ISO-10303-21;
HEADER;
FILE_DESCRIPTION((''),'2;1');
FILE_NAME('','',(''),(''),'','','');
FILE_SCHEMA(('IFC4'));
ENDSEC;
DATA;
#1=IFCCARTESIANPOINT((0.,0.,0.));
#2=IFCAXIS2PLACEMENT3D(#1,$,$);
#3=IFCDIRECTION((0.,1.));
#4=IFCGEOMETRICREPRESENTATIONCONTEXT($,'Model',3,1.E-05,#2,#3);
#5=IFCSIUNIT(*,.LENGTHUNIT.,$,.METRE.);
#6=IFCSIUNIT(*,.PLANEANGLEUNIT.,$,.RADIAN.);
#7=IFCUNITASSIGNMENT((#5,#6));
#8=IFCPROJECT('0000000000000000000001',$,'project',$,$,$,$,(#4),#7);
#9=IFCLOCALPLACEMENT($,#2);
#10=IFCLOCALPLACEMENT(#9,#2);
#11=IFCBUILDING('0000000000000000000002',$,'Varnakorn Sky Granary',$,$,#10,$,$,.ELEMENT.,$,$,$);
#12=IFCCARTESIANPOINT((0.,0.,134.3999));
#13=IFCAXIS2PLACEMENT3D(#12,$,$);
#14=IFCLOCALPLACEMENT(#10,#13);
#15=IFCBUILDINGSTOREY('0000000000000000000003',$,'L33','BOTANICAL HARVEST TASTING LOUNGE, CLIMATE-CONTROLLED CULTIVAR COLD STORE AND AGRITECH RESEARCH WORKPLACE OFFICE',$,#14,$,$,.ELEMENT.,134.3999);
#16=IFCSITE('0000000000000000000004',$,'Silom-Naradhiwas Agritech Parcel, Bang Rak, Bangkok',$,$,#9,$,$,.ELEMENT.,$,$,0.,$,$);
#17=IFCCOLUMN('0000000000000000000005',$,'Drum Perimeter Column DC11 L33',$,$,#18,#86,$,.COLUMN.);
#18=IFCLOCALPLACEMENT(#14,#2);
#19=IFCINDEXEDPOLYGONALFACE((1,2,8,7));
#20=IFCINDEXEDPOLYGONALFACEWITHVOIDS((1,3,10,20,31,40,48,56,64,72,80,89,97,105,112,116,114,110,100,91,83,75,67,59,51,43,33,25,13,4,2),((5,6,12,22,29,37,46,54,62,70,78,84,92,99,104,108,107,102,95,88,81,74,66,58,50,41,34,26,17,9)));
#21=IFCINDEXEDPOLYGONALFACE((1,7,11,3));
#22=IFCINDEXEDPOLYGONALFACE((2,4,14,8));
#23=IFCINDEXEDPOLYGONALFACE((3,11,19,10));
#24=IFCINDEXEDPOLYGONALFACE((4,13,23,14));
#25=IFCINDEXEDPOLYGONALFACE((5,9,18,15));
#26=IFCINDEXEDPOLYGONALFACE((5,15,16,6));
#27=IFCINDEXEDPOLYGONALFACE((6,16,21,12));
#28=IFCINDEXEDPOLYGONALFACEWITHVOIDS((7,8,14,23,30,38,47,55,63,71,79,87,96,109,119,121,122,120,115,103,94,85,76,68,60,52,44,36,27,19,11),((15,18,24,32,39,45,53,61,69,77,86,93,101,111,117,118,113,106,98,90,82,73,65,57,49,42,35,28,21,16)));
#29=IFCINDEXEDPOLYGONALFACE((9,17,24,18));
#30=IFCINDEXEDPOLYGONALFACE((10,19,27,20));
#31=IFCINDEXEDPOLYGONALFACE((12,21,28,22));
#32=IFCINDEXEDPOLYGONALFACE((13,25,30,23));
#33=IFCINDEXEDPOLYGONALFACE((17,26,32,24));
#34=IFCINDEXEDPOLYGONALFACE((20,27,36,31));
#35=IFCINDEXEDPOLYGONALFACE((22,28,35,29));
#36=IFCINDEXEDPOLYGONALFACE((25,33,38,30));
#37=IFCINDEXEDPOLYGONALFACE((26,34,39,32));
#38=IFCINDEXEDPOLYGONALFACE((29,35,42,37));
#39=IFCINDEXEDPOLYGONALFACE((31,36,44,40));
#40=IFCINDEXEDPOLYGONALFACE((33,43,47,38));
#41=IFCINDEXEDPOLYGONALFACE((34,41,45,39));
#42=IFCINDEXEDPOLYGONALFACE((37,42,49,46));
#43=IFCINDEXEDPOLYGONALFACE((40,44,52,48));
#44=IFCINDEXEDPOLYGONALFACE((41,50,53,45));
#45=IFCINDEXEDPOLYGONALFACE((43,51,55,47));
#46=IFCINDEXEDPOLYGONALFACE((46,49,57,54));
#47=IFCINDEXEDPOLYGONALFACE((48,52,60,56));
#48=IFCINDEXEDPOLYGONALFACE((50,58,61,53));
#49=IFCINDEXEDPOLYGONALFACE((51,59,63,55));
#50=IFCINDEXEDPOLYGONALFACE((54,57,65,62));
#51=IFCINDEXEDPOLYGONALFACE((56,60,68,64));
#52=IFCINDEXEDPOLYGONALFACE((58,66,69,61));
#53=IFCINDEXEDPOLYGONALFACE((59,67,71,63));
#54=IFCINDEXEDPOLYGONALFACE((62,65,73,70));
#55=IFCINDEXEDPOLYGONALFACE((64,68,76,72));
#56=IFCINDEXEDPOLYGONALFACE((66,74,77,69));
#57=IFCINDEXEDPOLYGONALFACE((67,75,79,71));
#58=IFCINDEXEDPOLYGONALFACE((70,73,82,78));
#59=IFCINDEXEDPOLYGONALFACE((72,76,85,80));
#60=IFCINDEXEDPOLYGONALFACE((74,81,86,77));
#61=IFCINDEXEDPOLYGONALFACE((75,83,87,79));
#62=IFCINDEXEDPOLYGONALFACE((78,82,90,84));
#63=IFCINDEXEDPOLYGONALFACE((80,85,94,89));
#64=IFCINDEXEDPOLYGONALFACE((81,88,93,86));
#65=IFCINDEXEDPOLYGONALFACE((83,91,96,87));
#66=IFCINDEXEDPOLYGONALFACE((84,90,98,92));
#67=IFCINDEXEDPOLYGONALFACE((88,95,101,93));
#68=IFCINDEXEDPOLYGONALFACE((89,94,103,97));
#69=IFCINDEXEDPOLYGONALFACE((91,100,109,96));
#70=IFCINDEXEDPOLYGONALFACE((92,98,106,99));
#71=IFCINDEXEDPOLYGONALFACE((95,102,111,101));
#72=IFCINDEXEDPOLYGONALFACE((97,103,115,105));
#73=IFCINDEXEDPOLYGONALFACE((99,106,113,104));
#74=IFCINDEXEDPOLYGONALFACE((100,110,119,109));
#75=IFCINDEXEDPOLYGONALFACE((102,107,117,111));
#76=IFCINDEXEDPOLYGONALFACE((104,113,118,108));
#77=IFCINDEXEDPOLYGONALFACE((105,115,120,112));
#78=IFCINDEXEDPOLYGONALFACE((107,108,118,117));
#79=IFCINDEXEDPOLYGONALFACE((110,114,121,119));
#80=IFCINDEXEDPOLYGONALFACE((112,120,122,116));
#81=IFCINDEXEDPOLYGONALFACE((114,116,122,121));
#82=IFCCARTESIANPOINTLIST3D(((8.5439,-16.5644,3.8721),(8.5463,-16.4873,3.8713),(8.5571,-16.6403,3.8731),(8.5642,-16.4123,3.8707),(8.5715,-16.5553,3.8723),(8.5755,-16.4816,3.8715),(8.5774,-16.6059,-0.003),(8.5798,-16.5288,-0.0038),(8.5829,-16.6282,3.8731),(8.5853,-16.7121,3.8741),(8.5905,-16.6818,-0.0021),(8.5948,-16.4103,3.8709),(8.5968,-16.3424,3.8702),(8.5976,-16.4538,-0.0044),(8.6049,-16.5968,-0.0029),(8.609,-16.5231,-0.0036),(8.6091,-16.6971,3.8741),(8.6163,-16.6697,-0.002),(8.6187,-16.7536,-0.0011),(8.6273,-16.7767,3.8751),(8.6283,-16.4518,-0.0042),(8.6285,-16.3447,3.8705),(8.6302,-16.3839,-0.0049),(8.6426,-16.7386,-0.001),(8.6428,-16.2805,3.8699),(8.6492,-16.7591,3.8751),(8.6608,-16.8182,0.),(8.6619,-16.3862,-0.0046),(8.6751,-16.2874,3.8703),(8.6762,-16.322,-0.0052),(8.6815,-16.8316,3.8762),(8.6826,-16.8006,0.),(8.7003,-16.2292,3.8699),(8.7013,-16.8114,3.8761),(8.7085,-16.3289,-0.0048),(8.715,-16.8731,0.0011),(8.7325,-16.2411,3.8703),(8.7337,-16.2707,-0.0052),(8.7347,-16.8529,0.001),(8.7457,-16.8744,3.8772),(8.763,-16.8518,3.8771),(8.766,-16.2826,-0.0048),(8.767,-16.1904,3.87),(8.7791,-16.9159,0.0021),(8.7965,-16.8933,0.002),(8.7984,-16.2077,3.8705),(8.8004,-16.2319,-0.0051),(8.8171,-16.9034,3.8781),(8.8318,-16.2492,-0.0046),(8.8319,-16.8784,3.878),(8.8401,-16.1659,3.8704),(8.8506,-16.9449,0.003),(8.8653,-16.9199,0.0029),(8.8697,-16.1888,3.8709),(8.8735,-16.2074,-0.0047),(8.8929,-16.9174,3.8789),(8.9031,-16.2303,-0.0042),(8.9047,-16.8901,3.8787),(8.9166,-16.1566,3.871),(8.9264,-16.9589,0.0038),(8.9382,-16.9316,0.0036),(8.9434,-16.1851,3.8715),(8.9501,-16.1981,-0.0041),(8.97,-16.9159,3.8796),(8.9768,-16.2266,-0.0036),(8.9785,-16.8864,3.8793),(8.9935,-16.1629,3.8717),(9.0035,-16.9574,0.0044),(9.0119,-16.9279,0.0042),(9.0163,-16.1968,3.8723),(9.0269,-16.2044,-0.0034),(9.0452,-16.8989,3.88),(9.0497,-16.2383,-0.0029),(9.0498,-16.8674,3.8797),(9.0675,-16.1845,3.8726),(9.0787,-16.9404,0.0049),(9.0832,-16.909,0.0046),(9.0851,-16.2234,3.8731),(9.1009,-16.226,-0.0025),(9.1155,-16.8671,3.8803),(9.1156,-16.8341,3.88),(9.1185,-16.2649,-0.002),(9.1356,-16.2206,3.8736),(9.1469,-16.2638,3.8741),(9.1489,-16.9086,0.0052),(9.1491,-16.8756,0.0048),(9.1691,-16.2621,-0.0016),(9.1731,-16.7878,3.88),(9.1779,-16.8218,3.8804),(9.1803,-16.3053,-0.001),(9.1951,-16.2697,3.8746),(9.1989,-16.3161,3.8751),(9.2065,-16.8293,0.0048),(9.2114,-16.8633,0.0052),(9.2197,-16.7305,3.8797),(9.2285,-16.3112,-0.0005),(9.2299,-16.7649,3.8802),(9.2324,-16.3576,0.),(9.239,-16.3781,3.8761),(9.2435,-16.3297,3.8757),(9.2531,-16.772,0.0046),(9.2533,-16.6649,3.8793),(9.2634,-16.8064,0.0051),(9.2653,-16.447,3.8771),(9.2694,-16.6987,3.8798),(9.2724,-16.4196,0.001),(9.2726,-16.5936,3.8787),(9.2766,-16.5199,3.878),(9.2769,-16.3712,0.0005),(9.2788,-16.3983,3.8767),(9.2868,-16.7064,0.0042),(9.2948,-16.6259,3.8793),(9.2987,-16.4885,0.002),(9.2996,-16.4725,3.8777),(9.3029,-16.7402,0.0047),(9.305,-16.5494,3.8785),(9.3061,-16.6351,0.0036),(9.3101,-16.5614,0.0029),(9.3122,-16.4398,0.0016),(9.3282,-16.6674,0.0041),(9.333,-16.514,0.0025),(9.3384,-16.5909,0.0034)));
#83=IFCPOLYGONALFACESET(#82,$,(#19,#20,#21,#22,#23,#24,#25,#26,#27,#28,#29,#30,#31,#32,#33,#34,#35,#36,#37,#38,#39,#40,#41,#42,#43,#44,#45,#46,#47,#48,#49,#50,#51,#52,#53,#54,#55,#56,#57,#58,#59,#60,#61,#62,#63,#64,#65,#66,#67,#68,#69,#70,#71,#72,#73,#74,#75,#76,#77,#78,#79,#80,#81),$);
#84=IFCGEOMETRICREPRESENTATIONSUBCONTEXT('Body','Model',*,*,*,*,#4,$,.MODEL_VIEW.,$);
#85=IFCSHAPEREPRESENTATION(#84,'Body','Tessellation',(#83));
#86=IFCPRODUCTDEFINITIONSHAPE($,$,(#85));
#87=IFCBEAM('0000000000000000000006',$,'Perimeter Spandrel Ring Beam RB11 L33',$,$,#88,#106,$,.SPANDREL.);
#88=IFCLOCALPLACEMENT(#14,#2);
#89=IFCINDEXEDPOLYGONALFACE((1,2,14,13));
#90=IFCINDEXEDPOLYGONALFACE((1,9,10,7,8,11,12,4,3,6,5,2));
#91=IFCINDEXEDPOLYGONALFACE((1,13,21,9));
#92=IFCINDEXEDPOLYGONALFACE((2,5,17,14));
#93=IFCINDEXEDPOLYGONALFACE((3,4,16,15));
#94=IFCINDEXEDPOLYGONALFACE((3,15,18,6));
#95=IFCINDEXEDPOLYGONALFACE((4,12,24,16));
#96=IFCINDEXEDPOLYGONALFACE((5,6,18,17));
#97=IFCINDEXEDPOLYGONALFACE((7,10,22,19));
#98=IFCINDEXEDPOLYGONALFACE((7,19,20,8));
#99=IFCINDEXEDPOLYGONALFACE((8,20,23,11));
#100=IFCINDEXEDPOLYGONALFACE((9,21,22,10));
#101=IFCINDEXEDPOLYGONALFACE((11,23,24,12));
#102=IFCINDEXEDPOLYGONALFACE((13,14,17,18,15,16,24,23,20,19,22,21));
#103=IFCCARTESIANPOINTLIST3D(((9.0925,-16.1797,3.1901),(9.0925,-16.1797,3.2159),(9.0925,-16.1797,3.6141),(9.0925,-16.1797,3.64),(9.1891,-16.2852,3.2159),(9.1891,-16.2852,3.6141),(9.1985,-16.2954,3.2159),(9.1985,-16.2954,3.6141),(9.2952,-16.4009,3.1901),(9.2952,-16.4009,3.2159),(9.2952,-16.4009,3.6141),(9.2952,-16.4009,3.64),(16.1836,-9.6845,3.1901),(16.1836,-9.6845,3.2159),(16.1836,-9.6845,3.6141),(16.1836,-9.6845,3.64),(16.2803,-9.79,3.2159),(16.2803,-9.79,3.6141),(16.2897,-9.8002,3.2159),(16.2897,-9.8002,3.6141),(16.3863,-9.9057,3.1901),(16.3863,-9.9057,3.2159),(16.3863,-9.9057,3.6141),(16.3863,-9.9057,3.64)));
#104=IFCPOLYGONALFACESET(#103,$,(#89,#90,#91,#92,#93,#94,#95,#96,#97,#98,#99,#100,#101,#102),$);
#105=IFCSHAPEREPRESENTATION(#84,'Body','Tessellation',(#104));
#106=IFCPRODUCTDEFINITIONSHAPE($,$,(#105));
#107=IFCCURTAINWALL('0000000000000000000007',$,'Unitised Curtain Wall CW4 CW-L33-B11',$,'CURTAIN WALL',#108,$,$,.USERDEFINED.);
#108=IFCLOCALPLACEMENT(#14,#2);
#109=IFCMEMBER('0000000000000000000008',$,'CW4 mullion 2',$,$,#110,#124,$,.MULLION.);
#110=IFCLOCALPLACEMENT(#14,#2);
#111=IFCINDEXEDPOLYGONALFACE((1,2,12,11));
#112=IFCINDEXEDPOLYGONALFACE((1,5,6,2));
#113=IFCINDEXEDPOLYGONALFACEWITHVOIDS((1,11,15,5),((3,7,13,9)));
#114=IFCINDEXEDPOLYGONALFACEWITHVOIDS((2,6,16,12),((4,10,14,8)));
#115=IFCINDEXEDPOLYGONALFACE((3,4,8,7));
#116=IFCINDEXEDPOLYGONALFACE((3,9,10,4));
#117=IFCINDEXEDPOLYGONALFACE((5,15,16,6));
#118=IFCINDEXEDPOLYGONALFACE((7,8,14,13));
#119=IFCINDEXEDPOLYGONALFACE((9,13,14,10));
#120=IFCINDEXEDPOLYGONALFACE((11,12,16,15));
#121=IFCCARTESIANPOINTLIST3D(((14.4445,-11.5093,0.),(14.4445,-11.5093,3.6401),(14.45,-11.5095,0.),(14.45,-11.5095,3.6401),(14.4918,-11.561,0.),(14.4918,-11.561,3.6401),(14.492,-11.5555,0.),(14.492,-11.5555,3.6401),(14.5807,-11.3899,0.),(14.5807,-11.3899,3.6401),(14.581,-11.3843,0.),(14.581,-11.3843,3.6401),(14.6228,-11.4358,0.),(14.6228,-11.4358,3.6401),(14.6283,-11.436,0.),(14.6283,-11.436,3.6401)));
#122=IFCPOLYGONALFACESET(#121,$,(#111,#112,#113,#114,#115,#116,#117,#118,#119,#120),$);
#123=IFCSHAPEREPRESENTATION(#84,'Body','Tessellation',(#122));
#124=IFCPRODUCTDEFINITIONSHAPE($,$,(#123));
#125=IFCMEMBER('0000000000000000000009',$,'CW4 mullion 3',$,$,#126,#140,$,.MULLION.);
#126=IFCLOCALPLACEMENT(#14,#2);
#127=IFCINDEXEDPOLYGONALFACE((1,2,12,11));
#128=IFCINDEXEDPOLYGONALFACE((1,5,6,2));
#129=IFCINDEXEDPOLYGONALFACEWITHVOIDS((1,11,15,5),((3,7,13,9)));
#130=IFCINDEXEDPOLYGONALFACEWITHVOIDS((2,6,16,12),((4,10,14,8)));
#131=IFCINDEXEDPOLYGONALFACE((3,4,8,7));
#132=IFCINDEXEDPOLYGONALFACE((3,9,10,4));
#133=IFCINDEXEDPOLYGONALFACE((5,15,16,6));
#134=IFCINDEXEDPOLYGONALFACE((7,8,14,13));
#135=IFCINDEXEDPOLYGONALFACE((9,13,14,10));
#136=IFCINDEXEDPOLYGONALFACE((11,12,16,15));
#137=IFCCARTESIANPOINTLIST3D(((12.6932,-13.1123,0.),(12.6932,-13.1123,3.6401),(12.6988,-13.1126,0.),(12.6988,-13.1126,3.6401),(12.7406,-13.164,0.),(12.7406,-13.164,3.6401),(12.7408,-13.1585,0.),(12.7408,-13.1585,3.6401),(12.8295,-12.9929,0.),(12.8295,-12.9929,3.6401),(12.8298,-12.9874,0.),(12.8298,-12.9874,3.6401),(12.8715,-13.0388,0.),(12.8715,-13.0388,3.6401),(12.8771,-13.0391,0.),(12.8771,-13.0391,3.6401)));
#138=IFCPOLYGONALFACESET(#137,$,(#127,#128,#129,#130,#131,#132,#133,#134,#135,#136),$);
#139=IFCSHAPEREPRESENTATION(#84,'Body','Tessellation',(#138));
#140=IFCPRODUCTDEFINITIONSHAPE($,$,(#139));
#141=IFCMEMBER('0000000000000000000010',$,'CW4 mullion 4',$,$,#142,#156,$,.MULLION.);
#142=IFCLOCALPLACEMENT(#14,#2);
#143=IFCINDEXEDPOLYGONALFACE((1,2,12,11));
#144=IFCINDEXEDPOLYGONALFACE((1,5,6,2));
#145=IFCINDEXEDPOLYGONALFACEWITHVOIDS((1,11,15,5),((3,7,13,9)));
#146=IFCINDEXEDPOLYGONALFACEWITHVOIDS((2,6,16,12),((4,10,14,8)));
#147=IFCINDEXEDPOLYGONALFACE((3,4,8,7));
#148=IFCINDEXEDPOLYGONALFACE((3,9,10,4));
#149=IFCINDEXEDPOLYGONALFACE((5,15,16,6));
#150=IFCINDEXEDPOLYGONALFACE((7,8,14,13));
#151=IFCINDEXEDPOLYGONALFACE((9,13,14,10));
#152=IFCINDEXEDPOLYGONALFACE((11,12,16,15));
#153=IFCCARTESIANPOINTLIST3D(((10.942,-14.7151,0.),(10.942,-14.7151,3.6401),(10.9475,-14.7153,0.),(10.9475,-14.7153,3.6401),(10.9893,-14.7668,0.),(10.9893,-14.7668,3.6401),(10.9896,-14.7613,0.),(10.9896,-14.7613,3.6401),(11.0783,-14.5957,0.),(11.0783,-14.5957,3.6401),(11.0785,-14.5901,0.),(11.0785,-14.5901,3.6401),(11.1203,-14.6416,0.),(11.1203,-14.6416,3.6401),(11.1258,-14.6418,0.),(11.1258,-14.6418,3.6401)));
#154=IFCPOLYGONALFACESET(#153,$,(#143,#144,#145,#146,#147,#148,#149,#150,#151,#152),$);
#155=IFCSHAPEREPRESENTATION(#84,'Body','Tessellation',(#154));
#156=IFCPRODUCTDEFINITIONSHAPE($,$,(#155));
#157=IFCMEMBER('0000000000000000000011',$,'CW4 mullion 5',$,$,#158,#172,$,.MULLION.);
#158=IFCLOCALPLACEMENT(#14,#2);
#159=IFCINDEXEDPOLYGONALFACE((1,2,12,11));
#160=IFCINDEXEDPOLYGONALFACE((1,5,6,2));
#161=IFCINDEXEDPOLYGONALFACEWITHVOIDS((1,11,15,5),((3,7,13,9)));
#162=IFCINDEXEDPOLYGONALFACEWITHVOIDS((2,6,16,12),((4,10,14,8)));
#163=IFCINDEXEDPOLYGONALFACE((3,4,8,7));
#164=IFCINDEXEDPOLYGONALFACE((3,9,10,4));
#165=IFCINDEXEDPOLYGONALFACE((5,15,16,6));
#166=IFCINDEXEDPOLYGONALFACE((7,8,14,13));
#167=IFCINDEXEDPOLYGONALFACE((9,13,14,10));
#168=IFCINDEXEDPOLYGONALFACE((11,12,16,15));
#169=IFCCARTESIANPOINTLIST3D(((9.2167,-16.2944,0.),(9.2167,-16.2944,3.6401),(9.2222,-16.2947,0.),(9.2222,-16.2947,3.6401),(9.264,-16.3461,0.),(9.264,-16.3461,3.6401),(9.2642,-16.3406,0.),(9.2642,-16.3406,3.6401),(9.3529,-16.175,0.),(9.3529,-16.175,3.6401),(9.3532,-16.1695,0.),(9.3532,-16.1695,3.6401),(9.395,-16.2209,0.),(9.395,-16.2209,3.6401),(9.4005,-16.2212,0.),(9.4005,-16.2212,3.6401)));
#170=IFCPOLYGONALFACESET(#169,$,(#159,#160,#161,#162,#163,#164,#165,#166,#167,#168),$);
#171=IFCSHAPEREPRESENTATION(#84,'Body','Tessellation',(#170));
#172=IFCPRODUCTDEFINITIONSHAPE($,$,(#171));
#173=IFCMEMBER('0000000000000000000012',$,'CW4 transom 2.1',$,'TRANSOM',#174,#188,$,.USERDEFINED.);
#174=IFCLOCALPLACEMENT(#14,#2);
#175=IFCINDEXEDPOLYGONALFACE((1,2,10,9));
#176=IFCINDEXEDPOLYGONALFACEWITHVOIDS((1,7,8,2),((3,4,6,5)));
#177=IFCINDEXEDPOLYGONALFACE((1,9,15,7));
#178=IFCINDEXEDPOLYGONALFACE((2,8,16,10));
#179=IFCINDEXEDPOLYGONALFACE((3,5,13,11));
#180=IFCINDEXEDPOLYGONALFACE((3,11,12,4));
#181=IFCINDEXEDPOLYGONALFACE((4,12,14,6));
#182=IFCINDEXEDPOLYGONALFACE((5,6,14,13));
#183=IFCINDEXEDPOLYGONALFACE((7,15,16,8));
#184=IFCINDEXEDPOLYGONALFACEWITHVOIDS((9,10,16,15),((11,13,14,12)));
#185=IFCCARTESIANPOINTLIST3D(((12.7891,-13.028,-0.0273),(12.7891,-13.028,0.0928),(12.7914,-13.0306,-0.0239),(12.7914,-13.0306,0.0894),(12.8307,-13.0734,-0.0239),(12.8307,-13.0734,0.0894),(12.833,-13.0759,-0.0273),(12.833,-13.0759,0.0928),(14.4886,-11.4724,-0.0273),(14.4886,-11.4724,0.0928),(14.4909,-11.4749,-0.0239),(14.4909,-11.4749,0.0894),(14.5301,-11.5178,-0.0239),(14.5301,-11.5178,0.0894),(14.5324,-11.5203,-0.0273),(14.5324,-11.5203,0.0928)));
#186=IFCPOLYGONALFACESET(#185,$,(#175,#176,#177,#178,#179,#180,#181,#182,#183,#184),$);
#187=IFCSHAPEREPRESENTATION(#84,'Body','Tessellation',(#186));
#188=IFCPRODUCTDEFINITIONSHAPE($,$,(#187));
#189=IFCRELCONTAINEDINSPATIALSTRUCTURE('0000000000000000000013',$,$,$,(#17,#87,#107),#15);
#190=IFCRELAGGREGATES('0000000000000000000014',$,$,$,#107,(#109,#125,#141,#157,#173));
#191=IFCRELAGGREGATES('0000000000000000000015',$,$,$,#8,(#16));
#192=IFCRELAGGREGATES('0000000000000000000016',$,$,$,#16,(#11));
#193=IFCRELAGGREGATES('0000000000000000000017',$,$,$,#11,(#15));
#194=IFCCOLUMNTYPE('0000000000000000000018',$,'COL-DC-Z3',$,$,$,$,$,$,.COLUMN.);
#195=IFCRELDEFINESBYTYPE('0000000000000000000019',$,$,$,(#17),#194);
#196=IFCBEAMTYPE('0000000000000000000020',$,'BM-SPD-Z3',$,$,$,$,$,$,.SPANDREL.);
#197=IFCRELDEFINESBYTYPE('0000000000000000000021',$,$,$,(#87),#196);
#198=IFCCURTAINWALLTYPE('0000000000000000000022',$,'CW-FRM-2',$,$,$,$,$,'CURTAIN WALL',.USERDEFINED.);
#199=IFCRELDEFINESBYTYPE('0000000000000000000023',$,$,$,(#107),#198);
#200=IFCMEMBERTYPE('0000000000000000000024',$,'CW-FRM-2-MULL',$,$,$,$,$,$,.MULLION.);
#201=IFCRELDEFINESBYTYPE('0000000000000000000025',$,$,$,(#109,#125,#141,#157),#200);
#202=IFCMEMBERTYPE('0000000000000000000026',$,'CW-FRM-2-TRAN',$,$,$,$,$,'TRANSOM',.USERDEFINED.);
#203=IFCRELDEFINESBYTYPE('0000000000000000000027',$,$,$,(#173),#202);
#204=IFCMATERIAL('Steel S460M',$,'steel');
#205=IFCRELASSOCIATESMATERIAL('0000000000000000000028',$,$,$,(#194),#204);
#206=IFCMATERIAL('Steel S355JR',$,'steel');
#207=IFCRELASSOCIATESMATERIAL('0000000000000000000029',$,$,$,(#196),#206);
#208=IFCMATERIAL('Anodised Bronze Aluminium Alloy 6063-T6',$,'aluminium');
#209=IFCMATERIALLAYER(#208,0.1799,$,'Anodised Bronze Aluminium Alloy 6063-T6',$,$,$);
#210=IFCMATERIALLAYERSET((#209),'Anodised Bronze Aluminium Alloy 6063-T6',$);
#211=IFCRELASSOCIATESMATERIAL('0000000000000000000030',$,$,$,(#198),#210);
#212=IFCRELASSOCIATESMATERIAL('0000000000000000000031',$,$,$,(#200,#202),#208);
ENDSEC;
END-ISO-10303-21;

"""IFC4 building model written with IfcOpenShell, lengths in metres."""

from ifc_helpers import new_model, si_unit, direction, frame, origin, origin_2d, place, context, subcontext, project, spatial, hollow_rectangle, hollow_circle, i_section, extrude, material, layer, layer_set, material_profile, profile_set, type_object, element, aggregate, save


model = new_model("IFC4")

# Units and contexts
model_context = context("Model", 3, precision=1e-05, world=origin(), true_north=direction((0.0, 1.0)))
body_context = subcontext(model_context, "Body", "Model", "MODEL_VIEW")
ifc_project = project(units=[si_unit("LENGTHUNIT", "METRE"), si_unit("PLANEANGLEUNIT", "RADIAN")], contexts=[model_context])

# Site, building, storey
site_placement = place(None, origin())
site = spatial("IfcSite", under=ifc_project, at=site_placement, Name="Silom-Naradhiwas Agritech Parcel, Bang Rak, Bangkok", CompositionType="ELEMENT", RefElevation=0.0)
building_placement = place(site_placement, origin())
building = spatial("IfcBuilding", under=site, at=building_placement, Name="Varnakorn Sky Granary", CompositionType="ELEMENT")
storey_placement = place(building_placement, frame((0.0, 0.0, 134.3999)))
storey = spatial("IfcBuildingStorey", under=building, at=storey_placement, Name="L33", Description="BOTANICAL HARVEST TASTING LOUNGE, CLIMATE-CONTROLLED CULTIVAR COLD STORE AND AGRITECH RESEARCH WORKPLACE OFFICE", CompositionType="ELEMENT", Elevation=134.3999)

# Column
ifc_material_1 = material(Name="Steel S460M", Category="steel")
ifc_material_profile_1 = material_profile(ifc_material_1, hollow_circle(Radius=0.3811, WallThickness=0.0281, at=origin_2d()), Name="CHS 762x28")
ifc_profile_set_1 = profile_set([ifc_material_profile_1], Name="Steel S460M")
column_type = type_object("IfcColumnType", Name="COL-DC-Z3", PredefinedType="COLUMN", material=ifc_profile_set_1)
column_placement = place(storey_placement, frame((8.9575, -16.5791, 0.0), z_axis=(-0.008631, 0.01071, 0.999905), x_axis=(-0.77863, -0.627484, 0.0)))
element("IfcColumn", 1, at=column_placement, inside=storey, type_object=column_type, Name="Drum Perimeter Column DC11 L33", PredefinedType="COLUMN", context=body_context, shape_type="SweptSolid", body=[
    extrude(hollow_circle(Radius=0.3811, WallThickness=0.0281, at=origin_2d()), origin(), (0.0, 0.0, 1.0), 3.8755),
])

# Beam
ifc_material_2 = material(Name="Steel S355JR", Category="steel")
ifc_material_profile_2 = material_profile(ifc_material_2, i_section(OverallWidth=0.3, OverallDepth=0.45, WebThickness=0.0139, FlangeThickness=0.0259, at=origin_2d()), Name="HE 450 B")
ifc_profile_set_2 = profile_set([ifc_material_profile_2], Name="Steel S355JR")
beam_type = type_object("IfcBeamType", Name="BM-SPD-Z3", PredefinedType="SPANDREL", material=ifc_profile_set_2)
beam_placement = place(storey_placement, frame((9.1938, -16.2903, 3.415), z_axis=(0.737414, 0.675441, 0.0), x_axis=(-0.675441, 0.737414, 0.0)))
element("IfcBeam", 2, at=beam_placement, inside=storey, type_object=beam_type, Name="Perimeter Spandrel Ring Beam RB11 L33", PredefinedType="SPANDREL", context=body_context, shape_type="SweptSolid", body=[
    extrude(i_section(OverallWidth=0.3, OverallDepth=0.45, WebThickness=0.0139, FlangeThickness=0.0259, at=origin_2d()), origin(), (0.0, 0.0, 1.0), 9.6162),
])

# Curtain wall, members
ifc_material_3 = material(Name="Anodised Bronze Aluminium Alloy 6063-T6", Category="aluminium")
ifc_layer_1 = layer(ifc_material_3, 0.1799, Name="Anodised Bronze Aluminium Alloy 6063-T6")
ifc_layer_set_1 = layer_set([ifc_layer_1], Name="Anodised Bronze Aluminium Alloy 6063-T6")
curtain_wall_type = type_object("IfcCurtainWallType", Name="CW-FRM-2", ElementType="CURTAIN WALL", PredefinedType="USERDEFINED", material=ifc_layer_set_1)
curtain_wall_placement = place(storey_placement, origin())
curtain_wall = element("IfcCurtainWall", 3, at=curtain_wall_placement, inside=storey, type_object=curtain_wall_type, Name="Unitised Curtain Wall CW4 CW-L33-B11", ObjectType="CURTAIN WALL", PredefinedType="USERDEFINED")
ifc_material_profile_3 = material_profile(ifc_material_3, hollow_rectangle(XDim=0.0701, YDim=0.1851, WallThickness=0.0039, at=origin_2d()), Name="ALU MULL 70x185")
ifc_profile_set_3 = profile_set([ifc_material_profile_3], Name="Anodised Bronze Aluminium Alloy 6063-T6")
member_type_1 = type_object("IfcMemberType", Name="CW-FRM-2-MULL", PredefinedType="MULLION", material=ifc_profile_set_3)
member_1_placement = place(storey_placement, frame((14.5364, -11.4727, 0.0), z_axis=(0.0, 0.0, 1.0), x_axis=(0.675183, -0.737651, 0.0)))
member_1 = element("IfcMember", 4, at=member_1_placement, type_object=member_type_1, Name="CW4 mullion 2", PredefinedType="MULLION", context=body_context, shape_type="SweptSolid", body=[
    extrude(hollow_rectangle(XDim=0.0701, YDim=0.1851, WallThickness=0.0039, at=origin_2d()), origin(), (0.0, 0.0, 1.0), 3.6401),
])
member_2_placement = place(storey_placement, frame((12.7852, -13.0757, 0.0), z_axis=(0.0, 0.0, 1.0), x_axis=(0.675183, -0.737651, 0.0)))
member_2 = element("IfcMember", 5, at=member_2_placement, type_object=member_type_1, Name="CW4 mullion 3", PredefinedType="MULLION", context=body_context, shape_type="SweptSolid", body=[
    extrude(hollow_rectangle(XDim=0.0701, YDim=0.1851, WallThickness=0.0039, at=origin_2d()), origin(), (0.0, 0.0, 1.0), 3.6401),
])
member_3_placement = place(storey_placement, frame((11.0339, -14.6785, 0.0), z_axis=(0.0, 0.0, 1.0), x_axis=(0.675183, -0.737651, 0.0)))
member_3 = element("IfcMember", 6, at=member_3_placement, type_object=member_type_1, Name="CW4 mullion 4", PredefinedType="MULLION", context=body_context, shape_type="SweptSolid", body=[
    extrude(hollow_rectangle(XDim=0.0701, YDim=0.1851, WallThickness=0.0039, at=origin_2d()), origin(), (0.0, 0.0, 1.0), 3.6401),
])
member_4_placement = place(storey_placement, frame((9.3086, -16.2578, 0.0), z_axis=(0.0, 0.0, 1.0), x_axis=(0.675183, -0.737651, 0.0)))
member_4 = element("IfcMember", 7, at=member_4_placement, type_object=member_type_1, Name="CW4 mullion 5", PredefinedType="MULLION", context=body_context, shape_type="SweptSolid", body=[
    extrude(hollow_rectangle(XDim=0.0701, YDim=0.1851, WallThickness=0.0039, at=origin_2d()), origin(), (0.0, 0.0, 1.0), 3.6401),
])
ifc_material_profile_4 = material_profile(ifc_material_3, hollow_rectangle(XDim=0.0649, YDim=0.1201, WallThickness=0.0034, at=origin_2d()), Name="ALU TRAN 65x120")
ifc_profile_set_4 = profile_set([ifc_material_profile_4], Name="Anodised Bronze Aluminium Alloy 6063-T6")
member_type_2 = type_object("IfcMemberType", Name="CW-FRM-2-TRAN", ElementType="TRANSOM", PredefinedType="USERDEFINED", material=ifc_profile_set_4)
member_5_placement = place(storey_placement, frame((14.5105, -11.4963, 0.0327), z_axis=(-0.737625, -0.675211, 0.0), x_axis=(0.675211, -0.737625, 0.0)))
member_5 = element("IfcMember", 8, at=member_5_placement, type_object=member_type_2, Name="CW4 transom 2.1", ObjectType="TRANSOM", PredefinedType="USERDEFINED", context=body_context, shape_type="SweptSolid", body=[
    extrude(hollow_rectangle(XDim=0.0649, YDim=0.1201, WallThickness=0.0034, at=origin_2d()), origin(), (0.0, 0.0, 1.0), 2.304),
])

aggregate(curtain_wall, [member_1, member_2, member_3, member_4, member_5])

save(model, "model.ifc")
